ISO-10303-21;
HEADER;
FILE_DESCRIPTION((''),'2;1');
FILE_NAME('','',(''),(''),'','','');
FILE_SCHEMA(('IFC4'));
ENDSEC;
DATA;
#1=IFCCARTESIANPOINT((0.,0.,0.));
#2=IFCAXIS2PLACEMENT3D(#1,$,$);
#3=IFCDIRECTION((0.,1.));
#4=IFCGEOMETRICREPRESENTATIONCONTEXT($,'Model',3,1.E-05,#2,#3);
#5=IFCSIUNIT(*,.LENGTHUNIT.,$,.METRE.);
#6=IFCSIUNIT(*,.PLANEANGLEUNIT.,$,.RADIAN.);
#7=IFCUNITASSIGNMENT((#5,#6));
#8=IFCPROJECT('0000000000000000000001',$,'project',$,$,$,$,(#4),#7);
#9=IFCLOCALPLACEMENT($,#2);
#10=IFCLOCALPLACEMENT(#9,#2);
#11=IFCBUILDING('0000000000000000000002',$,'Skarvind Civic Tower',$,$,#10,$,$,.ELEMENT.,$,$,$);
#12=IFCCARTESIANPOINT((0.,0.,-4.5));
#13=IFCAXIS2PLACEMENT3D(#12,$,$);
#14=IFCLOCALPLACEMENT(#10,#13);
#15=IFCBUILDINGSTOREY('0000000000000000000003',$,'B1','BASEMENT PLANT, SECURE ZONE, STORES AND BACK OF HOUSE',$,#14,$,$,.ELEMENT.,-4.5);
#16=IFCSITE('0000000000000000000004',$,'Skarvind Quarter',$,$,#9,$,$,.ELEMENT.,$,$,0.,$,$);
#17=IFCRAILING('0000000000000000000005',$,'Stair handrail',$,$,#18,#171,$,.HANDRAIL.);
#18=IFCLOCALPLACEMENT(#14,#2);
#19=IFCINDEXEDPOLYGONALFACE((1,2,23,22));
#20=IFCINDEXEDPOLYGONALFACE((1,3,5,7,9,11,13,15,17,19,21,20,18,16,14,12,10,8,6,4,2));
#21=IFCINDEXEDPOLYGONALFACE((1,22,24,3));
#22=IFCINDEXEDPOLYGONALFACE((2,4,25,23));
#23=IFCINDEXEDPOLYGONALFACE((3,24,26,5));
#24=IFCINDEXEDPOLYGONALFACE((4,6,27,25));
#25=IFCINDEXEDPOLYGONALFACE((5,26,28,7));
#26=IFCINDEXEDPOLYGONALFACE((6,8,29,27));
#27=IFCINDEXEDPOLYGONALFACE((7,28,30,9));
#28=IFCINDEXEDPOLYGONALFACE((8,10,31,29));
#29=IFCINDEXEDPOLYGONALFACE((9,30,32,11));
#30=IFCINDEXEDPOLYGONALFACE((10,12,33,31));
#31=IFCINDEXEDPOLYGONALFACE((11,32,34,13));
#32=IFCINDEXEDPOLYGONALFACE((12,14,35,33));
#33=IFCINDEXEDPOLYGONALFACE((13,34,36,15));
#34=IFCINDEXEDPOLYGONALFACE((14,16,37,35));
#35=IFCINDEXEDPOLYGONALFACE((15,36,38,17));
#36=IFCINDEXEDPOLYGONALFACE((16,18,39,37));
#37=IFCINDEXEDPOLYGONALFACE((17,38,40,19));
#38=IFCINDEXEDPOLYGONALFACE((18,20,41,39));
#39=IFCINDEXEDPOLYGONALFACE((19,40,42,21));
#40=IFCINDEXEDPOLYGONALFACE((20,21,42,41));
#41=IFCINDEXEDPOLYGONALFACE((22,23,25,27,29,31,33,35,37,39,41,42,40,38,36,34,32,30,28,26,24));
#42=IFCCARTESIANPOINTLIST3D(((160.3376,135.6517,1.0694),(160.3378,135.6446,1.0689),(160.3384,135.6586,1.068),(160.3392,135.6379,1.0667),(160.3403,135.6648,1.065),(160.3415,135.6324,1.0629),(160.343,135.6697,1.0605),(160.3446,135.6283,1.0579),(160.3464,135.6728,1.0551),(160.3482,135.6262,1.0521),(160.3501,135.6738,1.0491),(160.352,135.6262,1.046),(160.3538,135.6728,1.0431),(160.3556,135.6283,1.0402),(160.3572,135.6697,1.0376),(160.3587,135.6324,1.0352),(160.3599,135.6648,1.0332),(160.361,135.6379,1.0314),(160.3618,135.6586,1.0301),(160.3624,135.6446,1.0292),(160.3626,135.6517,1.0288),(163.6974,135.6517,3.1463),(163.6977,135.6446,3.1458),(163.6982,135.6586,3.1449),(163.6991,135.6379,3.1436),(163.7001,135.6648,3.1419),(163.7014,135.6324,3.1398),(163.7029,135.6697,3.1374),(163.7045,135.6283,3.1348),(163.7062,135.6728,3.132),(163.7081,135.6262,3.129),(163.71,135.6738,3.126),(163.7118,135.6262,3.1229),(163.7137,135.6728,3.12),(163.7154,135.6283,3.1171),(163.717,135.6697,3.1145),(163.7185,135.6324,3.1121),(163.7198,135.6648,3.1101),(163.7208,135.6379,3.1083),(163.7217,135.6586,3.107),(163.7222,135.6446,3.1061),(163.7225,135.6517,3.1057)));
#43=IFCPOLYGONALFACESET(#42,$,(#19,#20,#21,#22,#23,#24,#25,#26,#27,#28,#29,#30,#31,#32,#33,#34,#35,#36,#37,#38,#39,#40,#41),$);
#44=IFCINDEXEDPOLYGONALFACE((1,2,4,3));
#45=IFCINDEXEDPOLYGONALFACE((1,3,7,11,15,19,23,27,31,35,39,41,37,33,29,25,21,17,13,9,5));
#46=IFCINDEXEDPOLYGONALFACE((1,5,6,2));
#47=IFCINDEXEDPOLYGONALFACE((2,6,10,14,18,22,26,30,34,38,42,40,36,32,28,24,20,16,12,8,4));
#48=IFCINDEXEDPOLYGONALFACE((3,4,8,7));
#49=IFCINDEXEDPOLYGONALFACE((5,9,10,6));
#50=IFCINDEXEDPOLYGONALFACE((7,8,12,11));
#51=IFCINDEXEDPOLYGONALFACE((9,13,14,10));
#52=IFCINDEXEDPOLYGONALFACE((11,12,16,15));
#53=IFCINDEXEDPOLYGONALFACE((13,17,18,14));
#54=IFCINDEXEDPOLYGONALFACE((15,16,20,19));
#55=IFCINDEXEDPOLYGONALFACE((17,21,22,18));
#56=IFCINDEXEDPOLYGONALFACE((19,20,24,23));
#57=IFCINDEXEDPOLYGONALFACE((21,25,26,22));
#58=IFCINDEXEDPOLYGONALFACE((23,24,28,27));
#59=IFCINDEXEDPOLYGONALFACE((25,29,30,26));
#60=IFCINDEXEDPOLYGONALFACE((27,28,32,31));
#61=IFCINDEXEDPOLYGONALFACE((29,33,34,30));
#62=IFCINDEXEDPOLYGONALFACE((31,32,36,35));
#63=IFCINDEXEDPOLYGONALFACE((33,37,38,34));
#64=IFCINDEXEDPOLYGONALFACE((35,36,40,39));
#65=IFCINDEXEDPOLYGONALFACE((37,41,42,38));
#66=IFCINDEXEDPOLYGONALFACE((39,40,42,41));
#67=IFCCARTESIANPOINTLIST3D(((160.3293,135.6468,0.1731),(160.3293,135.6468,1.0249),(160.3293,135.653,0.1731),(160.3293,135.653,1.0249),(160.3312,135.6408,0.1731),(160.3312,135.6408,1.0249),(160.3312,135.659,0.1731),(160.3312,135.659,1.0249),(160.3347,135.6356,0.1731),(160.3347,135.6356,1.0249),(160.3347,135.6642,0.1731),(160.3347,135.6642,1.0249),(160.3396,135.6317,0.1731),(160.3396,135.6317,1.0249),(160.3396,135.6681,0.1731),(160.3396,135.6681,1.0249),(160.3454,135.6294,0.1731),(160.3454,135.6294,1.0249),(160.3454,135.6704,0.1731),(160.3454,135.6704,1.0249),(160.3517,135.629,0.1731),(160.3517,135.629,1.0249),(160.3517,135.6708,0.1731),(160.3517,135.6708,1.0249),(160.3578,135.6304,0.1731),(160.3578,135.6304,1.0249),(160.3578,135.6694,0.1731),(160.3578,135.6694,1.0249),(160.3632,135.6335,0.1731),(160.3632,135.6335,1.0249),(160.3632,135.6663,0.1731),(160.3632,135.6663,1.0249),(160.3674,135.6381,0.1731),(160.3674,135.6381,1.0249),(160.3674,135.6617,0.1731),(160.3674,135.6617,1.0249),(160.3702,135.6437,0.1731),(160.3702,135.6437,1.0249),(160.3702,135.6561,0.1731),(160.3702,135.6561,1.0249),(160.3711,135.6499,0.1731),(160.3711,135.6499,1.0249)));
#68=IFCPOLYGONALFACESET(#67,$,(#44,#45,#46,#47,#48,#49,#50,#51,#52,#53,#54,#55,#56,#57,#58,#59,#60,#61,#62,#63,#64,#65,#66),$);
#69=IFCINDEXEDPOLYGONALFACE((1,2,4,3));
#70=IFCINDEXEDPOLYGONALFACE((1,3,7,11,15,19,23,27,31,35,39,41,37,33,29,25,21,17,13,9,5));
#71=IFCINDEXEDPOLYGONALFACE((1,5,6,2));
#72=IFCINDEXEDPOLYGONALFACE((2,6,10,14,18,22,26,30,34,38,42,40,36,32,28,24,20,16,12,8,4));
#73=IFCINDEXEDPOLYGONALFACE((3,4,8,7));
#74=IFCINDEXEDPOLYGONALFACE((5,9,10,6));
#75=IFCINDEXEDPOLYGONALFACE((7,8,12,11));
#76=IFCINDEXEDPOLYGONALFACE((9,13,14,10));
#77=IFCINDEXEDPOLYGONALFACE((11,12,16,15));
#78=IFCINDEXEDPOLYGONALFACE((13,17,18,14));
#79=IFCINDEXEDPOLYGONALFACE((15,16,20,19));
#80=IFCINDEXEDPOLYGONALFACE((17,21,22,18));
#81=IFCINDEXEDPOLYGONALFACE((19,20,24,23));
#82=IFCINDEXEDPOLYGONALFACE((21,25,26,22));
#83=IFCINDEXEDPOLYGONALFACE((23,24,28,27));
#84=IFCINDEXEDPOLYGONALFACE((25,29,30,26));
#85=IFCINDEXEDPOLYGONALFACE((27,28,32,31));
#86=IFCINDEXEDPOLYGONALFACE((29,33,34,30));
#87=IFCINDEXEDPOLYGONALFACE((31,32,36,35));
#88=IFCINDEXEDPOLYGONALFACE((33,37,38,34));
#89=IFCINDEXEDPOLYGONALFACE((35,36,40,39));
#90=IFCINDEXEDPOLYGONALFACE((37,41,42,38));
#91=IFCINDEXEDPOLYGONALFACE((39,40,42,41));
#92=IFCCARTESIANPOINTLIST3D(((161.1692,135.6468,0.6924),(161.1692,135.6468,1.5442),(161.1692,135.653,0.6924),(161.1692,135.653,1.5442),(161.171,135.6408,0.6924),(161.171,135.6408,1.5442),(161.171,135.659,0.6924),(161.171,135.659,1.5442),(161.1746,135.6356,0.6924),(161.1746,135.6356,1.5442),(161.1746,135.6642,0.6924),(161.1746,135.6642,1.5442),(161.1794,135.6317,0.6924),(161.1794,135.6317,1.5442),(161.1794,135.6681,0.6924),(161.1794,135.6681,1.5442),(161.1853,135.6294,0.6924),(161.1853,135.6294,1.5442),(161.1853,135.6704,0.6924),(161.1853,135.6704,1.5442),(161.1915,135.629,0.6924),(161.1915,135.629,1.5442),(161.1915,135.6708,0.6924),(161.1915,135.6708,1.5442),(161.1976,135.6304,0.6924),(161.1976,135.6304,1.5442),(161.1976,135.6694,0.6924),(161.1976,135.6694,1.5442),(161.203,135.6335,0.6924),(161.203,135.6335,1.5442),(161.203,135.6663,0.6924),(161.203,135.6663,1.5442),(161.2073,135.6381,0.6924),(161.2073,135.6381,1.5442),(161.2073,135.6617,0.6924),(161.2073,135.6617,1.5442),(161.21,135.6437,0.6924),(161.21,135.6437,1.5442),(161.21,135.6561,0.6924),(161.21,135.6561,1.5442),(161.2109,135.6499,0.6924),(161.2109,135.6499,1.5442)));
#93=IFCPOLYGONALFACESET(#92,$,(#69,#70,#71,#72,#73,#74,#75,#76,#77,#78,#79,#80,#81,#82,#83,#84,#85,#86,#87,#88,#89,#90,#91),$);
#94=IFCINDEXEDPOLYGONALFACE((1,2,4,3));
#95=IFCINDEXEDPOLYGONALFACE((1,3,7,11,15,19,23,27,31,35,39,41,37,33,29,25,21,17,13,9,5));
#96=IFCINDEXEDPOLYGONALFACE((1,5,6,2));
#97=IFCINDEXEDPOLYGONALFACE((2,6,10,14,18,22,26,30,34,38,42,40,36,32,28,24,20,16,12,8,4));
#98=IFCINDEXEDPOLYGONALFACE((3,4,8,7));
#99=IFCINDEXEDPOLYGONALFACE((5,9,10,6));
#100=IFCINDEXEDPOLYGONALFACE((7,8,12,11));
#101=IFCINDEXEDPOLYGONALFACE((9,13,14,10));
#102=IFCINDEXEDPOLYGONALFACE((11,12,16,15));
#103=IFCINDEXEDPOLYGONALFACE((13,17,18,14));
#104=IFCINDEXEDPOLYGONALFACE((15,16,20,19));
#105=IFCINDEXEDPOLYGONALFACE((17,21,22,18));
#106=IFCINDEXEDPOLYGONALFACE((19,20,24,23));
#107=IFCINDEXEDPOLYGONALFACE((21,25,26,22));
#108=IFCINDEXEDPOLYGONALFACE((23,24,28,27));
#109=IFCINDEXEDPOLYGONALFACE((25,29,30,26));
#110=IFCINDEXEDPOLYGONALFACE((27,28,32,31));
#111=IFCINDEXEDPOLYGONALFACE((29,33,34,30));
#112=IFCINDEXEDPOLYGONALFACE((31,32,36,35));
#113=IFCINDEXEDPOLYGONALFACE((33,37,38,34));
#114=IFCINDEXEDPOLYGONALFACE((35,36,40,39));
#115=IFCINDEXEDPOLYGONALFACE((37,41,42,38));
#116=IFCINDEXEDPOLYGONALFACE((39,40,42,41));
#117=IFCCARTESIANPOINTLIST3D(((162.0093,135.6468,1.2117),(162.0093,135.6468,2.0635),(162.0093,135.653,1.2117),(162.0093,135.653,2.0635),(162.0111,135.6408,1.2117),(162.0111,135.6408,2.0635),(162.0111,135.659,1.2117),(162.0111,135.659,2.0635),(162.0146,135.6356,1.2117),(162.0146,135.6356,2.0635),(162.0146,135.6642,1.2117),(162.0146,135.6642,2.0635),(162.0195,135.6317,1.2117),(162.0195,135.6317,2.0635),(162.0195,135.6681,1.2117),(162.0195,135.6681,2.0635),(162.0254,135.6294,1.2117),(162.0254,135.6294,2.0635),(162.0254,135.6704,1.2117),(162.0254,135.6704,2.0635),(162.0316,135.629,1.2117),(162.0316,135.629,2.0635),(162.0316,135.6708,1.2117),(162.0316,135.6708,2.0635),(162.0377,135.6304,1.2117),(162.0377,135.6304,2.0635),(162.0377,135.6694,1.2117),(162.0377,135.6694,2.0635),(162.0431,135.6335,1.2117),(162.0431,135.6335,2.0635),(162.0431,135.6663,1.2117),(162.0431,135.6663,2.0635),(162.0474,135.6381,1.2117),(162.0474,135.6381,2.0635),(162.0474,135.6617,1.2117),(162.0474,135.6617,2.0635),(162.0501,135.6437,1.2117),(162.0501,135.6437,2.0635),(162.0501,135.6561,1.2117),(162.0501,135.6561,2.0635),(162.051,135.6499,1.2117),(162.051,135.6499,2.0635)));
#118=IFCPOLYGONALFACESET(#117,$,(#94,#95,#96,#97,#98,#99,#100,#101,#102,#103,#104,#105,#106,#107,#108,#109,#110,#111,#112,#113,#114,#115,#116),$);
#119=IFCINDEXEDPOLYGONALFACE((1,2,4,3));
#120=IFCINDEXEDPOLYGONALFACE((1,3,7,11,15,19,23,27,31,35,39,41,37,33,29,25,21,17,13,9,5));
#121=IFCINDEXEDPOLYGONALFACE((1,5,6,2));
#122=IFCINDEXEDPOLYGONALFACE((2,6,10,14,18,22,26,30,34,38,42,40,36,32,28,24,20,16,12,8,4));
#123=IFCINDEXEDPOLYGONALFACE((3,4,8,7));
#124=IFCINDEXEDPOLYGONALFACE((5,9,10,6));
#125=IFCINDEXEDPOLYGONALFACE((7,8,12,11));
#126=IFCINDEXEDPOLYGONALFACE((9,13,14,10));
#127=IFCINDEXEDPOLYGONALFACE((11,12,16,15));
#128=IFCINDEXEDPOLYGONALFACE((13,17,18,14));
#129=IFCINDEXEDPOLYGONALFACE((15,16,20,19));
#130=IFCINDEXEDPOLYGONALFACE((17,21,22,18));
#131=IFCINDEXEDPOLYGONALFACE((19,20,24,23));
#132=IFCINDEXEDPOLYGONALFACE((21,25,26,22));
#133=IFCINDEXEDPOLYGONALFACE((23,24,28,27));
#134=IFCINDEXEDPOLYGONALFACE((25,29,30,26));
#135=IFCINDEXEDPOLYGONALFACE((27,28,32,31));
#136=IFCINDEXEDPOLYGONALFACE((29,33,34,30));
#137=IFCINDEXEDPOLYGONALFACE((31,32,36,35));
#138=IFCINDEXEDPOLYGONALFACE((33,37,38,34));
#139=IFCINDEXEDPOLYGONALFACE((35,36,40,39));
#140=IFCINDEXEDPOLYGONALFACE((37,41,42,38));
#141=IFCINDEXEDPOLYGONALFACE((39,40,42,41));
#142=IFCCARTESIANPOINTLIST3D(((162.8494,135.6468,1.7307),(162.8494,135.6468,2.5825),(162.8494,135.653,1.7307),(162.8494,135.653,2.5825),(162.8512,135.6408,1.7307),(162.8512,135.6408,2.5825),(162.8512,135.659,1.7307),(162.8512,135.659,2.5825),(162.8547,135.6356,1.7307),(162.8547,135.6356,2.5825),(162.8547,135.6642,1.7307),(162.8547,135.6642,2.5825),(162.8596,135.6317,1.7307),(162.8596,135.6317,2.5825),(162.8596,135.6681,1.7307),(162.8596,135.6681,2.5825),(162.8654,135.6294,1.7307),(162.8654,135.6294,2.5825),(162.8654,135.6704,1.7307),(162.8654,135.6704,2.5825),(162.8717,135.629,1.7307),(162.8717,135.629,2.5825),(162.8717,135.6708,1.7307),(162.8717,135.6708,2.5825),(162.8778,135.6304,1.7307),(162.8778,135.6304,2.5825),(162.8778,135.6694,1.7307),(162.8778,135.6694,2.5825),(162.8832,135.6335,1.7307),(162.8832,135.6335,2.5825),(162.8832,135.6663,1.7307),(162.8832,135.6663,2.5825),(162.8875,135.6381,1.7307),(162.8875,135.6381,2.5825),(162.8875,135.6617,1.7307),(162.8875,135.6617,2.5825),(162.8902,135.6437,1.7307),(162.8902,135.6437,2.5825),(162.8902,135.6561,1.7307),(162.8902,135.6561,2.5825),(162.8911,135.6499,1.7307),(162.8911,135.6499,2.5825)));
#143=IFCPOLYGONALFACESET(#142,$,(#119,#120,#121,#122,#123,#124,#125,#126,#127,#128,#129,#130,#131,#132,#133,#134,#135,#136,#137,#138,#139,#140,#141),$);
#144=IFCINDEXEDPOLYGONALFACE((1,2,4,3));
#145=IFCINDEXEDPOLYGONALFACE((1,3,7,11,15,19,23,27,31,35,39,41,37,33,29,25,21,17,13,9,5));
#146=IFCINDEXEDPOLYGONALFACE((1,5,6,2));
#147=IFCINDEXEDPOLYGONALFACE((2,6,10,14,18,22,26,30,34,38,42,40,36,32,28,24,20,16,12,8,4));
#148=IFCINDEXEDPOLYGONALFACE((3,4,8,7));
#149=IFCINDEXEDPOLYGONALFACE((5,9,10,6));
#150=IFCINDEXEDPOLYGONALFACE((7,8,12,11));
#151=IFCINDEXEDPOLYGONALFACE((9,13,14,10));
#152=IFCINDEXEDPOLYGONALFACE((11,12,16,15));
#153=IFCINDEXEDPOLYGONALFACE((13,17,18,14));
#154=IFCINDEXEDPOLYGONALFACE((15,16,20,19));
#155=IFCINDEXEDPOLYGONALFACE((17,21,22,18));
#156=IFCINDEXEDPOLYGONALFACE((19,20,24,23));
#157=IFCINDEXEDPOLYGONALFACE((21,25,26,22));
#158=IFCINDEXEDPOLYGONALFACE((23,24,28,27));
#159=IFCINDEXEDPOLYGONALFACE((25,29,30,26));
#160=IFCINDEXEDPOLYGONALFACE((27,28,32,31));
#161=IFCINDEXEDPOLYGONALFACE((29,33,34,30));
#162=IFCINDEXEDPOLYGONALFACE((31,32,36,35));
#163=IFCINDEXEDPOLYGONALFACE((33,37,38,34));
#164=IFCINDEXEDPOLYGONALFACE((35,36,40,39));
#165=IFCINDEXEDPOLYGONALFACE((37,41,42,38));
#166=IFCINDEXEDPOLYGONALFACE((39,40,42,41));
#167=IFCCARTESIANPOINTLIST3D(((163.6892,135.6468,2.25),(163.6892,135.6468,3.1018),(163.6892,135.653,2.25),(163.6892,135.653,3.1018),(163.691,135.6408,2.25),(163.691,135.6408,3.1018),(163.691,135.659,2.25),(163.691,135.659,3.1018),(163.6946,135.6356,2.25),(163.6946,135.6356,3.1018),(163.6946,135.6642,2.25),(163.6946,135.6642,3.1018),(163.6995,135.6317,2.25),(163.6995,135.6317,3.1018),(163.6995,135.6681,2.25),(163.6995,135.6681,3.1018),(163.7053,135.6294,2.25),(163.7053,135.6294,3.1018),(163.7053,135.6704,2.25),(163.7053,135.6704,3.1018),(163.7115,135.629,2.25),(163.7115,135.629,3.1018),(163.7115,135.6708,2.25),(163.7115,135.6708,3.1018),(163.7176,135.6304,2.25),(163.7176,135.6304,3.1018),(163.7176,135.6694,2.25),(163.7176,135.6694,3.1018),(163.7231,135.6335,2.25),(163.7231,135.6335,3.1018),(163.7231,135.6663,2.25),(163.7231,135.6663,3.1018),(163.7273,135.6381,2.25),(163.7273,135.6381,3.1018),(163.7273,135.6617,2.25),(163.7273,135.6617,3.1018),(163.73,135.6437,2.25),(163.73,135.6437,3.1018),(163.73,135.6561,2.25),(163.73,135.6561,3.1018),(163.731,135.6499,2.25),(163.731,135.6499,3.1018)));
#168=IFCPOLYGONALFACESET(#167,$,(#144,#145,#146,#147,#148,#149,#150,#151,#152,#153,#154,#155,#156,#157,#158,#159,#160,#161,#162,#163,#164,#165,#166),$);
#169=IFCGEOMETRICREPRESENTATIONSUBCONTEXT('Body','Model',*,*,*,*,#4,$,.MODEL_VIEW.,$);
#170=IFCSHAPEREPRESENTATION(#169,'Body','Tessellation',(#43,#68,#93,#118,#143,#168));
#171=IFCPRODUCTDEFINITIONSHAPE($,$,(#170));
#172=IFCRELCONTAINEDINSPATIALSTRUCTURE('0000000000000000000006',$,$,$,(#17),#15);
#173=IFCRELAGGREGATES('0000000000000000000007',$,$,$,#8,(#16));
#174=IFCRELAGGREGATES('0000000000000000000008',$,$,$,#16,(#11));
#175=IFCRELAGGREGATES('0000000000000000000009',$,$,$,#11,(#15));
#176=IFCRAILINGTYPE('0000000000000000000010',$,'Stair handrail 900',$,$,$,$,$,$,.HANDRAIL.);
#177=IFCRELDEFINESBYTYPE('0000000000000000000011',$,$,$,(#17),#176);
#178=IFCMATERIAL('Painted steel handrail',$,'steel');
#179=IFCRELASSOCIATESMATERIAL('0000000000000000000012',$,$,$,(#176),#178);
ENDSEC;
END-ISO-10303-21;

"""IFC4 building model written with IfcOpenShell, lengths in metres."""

from ifc_helpers import new_model, si_unit, direction, frame, origin, origin_2d, place, context, subcontext, project, spatial, circle, extrude, material, type_object, element, save


model = new_model("IFC4")

# Units and contexts
model_context = context("Model", 3, precision=1e-05, world=origin(), true_north=direction((0.0, 1.0)))
body_context = subcontext(model_context, "Body", "Model", "MODEL_VIEW")
ifc_project = project(units=[si_unit("LENGTHUNIT", "METRE"), si_unit("PLANEANGLEUNIT", "RADIAN")], contexts=[model_context])

# Site, building, storey
site_placement = place(None, origin())
site = spatial("IfcSite", under=ifc_project, at=site_placement, Name="Skarvind Quarter", CompositionType="ELEMENT", RefElevation=0.0)
building_placement = place(site_placement, origin())
building = spatial("IfcBuilding", under=site, at=building_placement, Name="Skarvind Civic Tower", CompositionType="ELEMENT")
storey_placement = place(building_placement, frame((0.0, 0.0, -4.5)))
storey = spatial("IfcBuildingStorey", under=building, at=storey_placement, Name="B1", Description="BASEMENT PLANT, SECURE ZONE, STORES AND BACK OF HOUSE", CompositionType="ELEMENT", Elevation=-4.5)

# Railing
ifc_material_1 = material(Name="Painted steel handrail", Category="steel")
railing_type = type_object("IfcRailingType", Name="Stair handrail 900", PredefinedType="HANDRAIL", material=ifc_material_1)
railing_1_placement = place(storey_placement, frame((160.3501, 135.6499, 0.1731)))
element("IfcRailing", 1, at=railing_1_placement, inside=storey, type_object=railing_type, Name="Stair handrail", PredefinedType="HANDRAIL", context=body_context, shape_type="SweptSolid", body=[
    extrude(circle(Radius=0.0239, at=origin_2d()), frame((0.0, 0.0, 0.876), z_axis=(0.850606, 0.0, 0.525803), x_axis=(0.0, 1.0, 0.0)), (0.0, 0.0, 1.0), 3.95),
    extrude(circle(Radius=0.021, at=origin_2d()), origin(), (0.0, 0.0, 1.0), 0.8518),
    extrude(circle(Radius=0.021, at=origin_2d()), frame((0.8398, 0.0, 0.5193)), (0.0, 0.0, 1.0), 0.8518),
    extrude(circle(Radius=0.021, at=origin_2d()), frame((1.6799, 0.0, 1.0386)), (0.0, 0.0, 1.0), 0.8518),
    extrude(circle(Radius=0.021, at=origin_2d()), frame((2.52, 0.0, 1.5576)), (0.0, 0.0, 1.0), 0.8518),
    extrude(circle(Radius=0.021, at=origin_2d()), frame((3.3599, 0.0, 2.0769)), (0.0, 0.0, 1.0), 0.8518),
])

save(model, "model.ifc")
